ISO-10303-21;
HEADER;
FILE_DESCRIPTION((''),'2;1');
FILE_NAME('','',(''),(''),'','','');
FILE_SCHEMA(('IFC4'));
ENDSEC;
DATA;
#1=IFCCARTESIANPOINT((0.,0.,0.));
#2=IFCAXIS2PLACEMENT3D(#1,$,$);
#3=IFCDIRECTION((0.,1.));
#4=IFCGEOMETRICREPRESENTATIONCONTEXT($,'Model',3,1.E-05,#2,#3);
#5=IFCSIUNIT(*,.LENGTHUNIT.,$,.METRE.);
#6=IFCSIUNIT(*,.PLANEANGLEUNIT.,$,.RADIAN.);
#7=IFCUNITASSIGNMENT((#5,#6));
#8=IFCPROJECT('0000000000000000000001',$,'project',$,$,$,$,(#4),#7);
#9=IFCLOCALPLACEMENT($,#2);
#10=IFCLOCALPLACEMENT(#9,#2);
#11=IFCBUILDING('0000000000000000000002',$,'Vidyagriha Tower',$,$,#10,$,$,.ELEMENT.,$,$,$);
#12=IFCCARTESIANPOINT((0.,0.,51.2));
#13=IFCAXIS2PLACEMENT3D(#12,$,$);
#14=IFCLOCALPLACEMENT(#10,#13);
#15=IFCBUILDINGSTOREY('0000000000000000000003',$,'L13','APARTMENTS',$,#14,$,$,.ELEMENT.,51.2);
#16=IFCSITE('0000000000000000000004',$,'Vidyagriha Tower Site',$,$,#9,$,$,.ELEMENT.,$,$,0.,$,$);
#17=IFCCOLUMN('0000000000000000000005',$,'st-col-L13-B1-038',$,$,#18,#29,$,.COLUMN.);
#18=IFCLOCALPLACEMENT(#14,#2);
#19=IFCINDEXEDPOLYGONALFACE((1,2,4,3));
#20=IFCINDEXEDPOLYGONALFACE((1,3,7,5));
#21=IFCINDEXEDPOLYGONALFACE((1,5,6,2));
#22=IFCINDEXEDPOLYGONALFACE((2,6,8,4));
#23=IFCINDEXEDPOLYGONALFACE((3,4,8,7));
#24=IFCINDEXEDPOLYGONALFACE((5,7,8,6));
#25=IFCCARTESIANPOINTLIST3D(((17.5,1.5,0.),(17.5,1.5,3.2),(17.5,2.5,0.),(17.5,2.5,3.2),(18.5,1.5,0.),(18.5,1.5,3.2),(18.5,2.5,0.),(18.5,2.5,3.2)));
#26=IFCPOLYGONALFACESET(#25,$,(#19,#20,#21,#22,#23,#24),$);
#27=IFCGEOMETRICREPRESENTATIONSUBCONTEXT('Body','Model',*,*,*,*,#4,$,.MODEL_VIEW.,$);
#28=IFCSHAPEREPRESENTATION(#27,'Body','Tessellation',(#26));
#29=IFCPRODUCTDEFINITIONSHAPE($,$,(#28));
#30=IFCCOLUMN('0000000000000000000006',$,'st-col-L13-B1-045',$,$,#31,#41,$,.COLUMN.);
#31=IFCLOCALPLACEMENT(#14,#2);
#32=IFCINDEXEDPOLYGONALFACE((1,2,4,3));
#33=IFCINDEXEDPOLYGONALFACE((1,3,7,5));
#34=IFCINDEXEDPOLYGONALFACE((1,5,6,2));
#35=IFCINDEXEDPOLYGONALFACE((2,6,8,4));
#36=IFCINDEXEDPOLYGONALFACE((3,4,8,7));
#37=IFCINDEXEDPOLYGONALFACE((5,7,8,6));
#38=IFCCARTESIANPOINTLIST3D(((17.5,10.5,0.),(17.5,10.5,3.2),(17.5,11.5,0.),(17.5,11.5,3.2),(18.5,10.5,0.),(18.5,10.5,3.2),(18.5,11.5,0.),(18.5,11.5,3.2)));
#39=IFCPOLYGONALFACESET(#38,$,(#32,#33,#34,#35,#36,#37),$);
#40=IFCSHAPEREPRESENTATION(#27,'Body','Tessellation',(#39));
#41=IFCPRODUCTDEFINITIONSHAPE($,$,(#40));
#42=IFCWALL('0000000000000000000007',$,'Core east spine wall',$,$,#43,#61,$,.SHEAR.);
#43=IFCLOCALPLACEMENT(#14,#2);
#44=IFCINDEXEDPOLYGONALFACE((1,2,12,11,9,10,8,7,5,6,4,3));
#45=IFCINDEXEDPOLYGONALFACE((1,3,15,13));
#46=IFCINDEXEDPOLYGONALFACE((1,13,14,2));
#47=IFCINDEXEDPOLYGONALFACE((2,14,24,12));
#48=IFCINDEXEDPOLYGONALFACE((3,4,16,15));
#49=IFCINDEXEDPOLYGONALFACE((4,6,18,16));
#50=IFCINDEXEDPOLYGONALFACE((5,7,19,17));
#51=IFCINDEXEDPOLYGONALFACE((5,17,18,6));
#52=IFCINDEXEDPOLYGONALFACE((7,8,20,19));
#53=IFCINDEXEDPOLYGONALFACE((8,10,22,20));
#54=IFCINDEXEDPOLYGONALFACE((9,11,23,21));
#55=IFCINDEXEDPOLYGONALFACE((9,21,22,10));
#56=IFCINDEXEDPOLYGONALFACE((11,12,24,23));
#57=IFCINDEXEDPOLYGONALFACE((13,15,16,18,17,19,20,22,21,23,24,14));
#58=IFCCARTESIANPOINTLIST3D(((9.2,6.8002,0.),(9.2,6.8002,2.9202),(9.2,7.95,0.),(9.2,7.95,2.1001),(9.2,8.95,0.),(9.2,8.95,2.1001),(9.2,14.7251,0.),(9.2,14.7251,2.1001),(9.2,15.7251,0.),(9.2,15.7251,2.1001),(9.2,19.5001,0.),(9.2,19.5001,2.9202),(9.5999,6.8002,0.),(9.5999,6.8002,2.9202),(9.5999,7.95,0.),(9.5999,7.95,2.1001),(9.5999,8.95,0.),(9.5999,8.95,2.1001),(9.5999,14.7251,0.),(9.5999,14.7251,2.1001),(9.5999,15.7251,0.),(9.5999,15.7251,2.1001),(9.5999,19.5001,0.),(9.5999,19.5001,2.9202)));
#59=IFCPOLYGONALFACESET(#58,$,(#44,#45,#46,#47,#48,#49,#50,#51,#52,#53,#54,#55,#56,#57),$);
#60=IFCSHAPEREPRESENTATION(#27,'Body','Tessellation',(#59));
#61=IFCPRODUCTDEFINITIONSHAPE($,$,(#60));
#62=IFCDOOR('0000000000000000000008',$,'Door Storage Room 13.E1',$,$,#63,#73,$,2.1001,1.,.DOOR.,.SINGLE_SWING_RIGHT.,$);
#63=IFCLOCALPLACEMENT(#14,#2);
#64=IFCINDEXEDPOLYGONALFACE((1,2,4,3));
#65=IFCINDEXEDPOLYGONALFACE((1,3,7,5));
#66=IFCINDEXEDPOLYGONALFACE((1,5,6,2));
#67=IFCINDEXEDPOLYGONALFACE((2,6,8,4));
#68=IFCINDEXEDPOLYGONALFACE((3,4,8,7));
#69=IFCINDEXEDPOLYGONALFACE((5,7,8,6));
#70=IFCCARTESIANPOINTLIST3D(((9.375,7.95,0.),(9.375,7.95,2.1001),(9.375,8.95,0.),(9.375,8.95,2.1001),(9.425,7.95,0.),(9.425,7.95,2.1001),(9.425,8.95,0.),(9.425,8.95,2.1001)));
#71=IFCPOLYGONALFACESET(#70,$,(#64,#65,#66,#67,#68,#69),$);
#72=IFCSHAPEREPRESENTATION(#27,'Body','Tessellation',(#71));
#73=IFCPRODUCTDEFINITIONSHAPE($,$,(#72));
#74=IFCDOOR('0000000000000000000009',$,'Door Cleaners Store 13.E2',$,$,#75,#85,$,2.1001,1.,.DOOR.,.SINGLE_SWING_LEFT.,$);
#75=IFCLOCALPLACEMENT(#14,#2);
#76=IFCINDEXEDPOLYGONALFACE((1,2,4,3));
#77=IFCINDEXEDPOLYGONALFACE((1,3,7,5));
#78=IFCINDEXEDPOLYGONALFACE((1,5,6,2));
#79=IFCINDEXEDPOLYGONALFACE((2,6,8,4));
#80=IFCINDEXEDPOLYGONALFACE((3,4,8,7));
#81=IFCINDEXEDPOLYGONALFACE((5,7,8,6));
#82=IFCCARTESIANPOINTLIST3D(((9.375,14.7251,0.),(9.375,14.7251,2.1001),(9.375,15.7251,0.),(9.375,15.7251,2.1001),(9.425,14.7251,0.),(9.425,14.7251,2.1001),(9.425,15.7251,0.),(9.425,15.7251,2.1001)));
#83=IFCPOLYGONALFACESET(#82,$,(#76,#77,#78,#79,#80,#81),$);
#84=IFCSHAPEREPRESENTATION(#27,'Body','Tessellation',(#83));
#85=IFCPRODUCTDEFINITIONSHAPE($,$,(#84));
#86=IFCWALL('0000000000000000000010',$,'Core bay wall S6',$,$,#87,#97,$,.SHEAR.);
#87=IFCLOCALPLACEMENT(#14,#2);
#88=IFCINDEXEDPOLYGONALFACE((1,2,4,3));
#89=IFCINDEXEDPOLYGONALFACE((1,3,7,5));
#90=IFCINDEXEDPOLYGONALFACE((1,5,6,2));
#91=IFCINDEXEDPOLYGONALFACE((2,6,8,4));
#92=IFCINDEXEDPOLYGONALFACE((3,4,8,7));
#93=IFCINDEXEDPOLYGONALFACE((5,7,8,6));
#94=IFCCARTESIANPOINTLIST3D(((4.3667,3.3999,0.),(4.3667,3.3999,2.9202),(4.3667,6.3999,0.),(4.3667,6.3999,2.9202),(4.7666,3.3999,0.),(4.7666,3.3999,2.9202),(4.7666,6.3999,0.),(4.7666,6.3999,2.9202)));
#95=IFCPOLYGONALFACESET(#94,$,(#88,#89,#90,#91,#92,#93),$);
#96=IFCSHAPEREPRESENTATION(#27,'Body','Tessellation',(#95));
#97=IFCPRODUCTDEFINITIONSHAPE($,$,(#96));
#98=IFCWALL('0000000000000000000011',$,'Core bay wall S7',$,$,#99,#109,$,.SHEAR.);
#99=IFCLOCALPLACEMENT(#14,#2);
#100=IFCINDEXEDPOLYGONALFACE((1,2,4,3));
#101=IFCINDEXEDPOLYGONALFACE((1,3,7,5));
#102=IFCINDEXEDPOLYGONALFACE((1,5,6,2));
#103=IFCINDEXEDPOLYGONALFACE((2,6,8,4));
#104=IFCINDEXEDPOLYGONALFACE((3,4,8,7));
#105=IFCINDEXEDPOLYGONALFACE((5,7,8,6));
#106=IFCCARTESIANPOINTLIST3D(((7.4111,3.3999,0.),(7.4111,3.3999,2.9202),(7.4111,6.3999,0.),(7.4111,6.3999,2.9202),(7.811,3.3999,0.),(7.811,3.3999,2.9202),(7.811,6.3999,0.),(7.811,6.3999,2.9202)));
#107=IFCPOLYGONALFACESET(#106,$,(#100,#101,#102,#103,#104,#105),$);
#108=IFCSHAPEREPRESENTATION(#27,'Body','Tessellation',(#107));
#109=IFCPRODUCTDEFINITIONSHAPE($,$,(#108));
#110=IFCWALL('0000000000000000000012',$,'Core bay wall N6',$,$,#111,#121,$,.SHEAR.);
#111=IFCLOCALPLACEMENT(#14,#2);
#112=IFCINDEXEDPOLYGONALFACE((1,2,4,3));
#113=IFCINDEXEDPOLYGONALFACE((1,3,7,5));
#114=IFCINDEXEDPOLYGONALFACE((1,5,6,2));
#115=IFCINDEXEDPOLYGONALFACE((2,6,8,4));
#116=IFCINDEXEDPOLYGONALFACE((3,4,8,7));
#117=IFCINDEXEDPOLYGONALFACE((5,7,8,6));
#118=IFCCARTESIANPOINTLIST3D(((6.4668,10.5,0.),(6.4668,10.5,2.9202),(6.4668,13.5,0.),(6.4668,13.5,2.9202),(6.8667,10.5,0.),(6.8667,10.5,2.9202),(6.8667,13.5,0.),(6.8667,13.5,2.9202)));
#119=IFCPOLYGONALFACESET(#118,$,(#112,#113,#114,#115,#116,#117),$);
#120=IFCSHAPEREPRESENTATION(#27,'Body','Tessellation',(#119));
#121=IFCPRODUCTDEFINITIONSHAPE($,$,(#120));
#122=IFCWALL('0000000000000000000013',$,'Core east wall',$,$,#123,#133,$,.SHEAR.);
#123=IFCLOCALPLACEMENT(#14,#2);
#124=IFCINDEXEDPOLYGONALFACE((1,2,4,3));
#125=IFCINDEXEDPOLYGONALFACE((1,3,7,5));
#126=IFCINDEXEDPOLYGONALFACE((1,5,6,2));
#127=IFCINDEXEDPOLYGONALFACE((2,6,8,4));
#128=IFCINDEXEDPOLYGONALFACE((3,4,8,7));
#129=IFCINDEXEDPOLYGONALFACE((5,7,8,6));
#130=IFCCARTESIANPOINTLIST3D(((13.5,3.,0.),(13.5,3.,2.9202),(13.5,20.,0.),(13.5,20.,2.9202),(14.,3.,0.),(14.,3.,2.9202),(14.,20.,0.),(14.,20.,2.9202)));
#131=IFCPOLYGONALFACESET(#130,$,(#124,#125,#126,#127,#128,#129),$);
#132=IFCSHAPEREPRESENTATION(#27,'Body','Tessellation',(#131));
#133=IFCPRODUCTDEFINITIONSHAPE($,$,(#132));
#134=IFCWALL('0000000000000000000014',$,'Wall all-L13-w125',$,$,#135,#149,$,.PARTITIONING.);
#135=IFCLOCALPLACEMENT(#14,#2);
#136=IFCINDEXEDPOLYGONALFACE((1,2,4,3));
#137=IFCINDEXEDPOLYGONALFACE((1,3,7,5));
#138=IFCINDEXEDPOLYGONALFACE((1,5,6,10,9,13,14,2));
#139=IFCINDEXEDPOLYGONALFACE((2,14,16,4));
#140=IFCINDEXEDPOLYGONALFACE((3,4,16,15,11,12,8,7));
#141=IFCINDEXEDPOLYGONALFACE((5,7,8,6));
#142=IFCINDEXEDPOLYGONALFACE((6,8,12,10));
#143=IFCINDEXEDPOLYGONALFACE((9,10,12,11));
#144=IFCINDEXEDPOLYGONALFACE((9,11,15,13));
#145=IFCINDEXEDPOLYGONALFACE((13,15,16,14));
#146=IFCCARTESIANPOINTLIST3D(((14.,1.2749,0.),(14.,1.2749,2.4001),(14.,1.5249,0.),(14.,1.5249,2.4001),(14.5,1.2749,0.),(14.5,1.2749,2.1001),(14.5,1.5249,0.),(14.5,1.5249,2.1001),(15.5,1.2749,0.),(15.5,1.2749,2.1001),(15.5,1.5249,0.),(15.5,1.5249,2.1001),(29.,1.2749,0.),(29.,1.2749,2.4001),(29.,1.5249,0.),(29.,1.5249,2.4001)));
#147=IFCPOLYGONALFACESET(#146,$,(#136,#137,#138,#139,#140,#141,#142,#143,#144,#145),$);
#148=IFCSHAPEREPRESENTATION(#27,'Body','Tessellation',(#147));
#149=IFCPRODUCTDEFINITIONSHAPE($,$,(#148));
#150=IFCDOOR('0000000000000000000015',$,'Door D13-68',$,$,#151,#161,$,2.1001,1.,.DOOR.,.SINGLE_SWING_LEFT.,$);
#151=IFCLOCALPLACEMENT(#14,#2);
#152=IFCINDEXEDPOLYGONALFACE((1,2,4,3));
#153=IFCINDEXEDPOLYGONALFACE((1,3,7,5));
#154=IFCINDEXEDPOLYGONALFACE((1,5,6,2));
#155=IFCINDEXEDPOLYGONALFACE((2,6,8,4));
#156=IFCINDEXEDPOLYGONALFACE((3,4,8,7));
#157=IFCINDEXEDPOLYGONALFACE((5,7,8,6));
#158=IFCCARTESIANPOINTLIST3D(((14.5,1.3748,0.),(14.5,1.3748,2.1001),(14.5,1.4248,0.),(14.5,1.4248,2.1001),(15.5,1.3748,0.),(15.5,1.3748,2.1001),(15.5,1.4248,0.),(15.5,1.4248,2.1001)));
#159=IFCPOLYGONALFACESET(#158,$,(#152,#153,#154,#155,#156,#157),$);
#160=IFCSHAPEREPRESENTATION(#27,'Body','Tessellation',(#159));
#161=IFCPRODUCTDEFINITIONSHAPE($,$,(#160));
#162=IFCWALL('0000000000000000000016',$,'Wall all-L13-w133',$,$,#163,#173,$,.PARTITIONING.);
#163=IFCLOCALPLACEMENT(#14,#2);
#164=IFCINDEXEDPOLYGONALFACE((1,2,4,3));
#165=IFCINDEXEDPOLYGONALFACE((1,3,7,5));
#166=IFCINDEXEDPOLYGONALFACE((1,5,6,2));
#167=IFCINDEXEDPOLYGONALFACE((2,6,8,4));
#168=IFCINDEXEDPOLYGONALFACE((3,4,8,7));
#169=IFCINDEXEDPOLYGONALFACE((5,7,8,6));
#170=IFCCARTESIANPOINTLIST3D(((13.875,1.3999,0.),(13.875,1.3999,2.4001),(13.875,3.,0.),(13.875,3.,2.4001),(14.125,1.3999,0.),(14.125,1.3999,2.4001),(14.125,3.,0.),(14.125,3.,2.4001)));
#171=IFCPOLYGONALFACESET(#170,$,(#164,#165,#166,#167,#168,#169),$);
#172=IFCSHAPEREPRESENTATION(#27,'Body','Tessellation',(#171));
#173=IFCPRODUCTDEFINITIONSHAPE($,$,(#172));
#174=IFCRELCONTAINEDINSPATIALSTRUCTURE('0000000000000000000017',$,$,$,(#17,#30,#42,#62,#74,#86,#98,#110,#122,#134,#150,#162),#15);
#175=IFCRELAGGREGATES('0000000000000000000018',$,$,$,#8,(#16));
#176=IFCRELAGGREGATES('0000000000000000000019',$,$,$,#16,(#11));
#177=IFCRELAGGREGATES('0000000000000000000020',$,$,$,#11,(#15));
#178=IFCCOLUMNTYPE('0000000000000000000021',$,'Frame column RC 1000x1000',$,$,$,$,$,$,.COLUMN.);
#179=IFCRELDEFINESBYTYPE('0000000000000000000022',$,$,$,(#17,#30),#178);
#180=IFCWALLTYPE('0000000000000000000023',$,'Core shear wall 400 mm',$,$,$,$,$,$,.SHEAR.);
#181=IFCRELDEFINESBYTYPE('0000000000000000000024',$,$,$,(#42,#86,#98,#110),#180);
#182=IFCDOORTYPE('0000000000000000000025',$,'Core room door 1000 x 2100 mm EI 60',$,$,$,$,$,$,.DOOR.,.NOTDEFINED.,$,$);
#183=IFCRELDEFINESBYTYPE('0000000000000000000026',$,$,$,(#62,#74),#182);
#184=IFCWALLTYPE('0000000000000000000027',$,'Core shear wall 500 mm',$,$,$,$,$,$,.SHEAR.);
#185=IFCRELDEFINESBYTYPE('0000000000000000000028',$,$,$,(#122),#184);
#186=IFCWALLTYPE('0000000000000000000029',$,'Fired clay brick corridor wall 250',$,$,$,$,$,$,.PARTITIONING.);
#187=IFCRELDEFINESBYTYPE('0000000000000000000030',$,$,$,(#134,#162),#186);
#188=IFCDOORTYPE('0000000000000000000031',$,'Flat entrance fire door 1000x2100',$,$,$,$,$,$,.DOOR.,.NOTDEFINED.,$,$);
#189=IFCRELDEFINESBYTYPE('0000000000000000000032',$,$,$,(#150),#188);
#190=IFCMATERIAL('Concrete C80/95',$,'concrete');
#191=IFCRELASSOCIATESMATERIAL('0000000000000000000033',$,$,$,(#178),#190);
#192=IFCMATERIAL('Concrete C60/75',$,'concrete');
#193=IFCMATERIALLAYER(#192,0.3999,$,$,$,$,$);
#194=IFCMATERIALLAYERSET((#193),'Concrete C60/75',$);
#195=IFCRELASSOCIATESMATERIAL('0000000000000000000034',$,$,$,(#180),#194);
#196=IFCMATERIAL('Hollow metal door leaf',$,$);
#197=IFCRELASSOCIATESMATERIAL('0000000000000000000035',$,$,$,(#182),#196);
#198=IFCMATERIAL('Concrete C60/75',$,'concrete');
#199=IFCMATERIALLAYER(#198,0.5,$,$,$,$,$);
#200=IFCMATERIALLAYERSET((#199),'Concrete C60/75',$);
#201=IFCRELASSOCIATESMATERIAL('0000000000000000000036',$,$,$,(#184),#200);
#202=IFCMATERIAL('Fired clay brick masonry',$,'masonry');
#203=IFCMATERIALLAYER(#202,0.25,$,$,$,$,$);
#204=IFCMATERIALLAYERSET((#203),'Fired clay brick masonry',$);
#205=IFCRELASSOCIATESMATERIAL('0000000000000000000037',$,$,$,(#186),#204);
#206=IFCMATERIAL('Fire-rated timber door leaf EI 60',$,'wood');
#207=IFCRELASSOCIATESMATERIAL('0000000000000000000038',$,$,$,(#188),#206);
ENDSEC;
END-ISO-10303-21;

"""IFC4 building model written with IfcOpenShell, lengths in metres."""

from ifc_helpers import new_model, si_unit, direction, frame, frame_2d, origin, origin_2d, place, context, subcontext, project, spatial, rectangle, extrude, material, layer, layer_set, material_profile, profile_set, type_object, element, fill, save


model = new_model("IFC4")

# Units and contexts
model_context = context("Model", 3, precision=1e-05, world=origin(), true_north=direction((0.0, 1.0)))
body_context = subcontext(model_context, "Body", "Model", "MODEL_VIEW")
ifc_project = project(units=[si_unit("LENGTHUNIT", "METRE"), si_unit("PLANEANGLEUNIT", "RADIAN")], contexts=[model_context])

# Site, building, storey
site_placement = place(None, origin())
site = spatial("IfcSite", under=ifc_project, at=site_placement, Name="Vidyagriha Tower Site", CompositionType="ELEMENT", RefElevation=0.0)
building_placement = place(site_placement, origin())
building = spatial("IfcBuilding", under=site, at=building_placement, Name="Vidyagriha Tower", CompositionType="ELEMENT")
storey_placement = place(building_placement, frame((0.0, 0.0, 51.2)))
storey = spatial("IfcBuildingStorey", under=building, at=storey_placement, Name="L13", Description="APARTMENTS", CompositionType="ELEMENT", Elevation=51.2)

# Columns
ifc_material_1 = material(Name="Concrete C80/95", Category="concrete")
ifc_material_profile = material_profile(ifc_material_1, rectangle(XDim=1.0, YDim=1.0, at=origin_2d()), Name="RC 1000x1000")
ifc_profile_set = profile_set([ifc_material_profile], Name="Concrete C80/95")
column_type = type_object("IfcColumnType", Name="Frame column RC 1000x1000", PredefinedType="COLUMN", material=ifc_profile_set)
for number, where, name in (
    (1, (18.0, 2.0, 0.0), "st-col-L13-B1-038"),
    (2, (18.0, 11.0, 0.0), "st-col-L13-B1-045"),
):
    element("IfcColumn", number, at=place(storey_placement, frame(where)), inside=storey, type_object=column_type, Name=name, PredefinedType="COLUMN", context=body_context, shape_type="SweptSolid", body=[
        extrude(rectangle(XDim=1.0, YDim=1.0, at=origin_2d()), origin(), (0.0, 0.0, 1.0), 3.2),
    ])

# Wall, openings, doors
ifc_material_2 = material(Name="Concrete C60/75", Category="concrete")
ifc_layer_1 = layer(ifc_material_2, 0.3999)
ifc_layer_set_1 = layer_set([ifc_layer_1], Name="Concrete C60/75")
wall_type_1 = type_object("IfcWallType", Name="Core shear wall 400 mm", PredefinedType="SHEAR", material=ifc_layer_set_1)
wall_1_placement = place(storey_placement, frame((9.3999, 6.8, 0.0), z_axis=(0.0, 0.0, 1.0), x_axis=(0.0, 1.0, 0.0)))
wall_1 = element("IfcWall", 3, at=wall_1_placement, inside=storey, type_object=wall_type_1, Name="Core east spine wall", PredefinedType="SHEAR", context=body_context, shape_type="SweptSolid", body=[
    extrude(rectangle(XDim=12.7, YDim=0.3999, at=frame_2d((6.3501, 0.0))), origin(), (0.0, 0.0, 1.0), 2.9202),
])
opening_1_placement = place(wall_1_placement, frame((1.1499, 0.0, 0.0)))
opening_1 = element("IfcOpeningElement", 4, at=opening_1_placement, cuts=wall_1, PredefinedType="OPENING", context=body_context, shape_type="SweptSolid", body=[
    extrude(rectangle(XDim=1.0, YDim=2.1001, at=frame_2d((0.5, 1.05))), frame((0.0, 0.21, 0.0), z_axis=(0.0, -1.0, 0.0), x_axis=(1.0, 0.0, 0.0)), (0.0, 0.0, 1.0), 0.4199),
])
opening_2_placement = place(wall_1_placement, frame((7.925, 0.0, 0.0)))
opening_2 = element("IfcOpeningElement", 5, at=opening_2_placement, cuts=wall_1, PredefinedType="OPENING", context=body_context, shape_type="SweptSolid", body=[
    extrude(rectangle(XDim=1.0, YDim=2.1001, at=frame_2d((0.5, 1.05))), frame((0.0, 0.21, 0.0), z_axis=(0.0, -1.0, 0.0), x_axis=(1.0, 0.0, 0.0)), (0.0, 0.0, 1.0), 0.4199),
])
ifc_material_3 = material(Name="Hollow metal door leaf")
door_type_1 = type_object("IfcDoorType", Name="Core room door 1000 x 2100 mm EI 60", OperationType="NOTDEFINED", PredefinedType="DOOR", material=ifc_material_3)
door_1_placement = place(opening_1_placement, origin())
door_1 = element("IfcDoor", 6, at=door_1_placement, inside=storey, type_object=door_type_1, Name="Door Storage Room 13.E1", OperationType="SINGLE_SWING_RIGHT", OverallHeight=2.1001, OverallWidth=1.0, PredefinedType="DOOR", context=body_context, shape_type="SweptSolid", body=[
    extrude(rectangle(XDim=1.0, YDim=2.1001, at=frame_2d((0.5, 1.05))), frame((0.0, 0.0249, 0.0), z_axis=(0.0, -1.0, 0.0), x_axis=(1.0, 0.0, 0.0)), (0.0, 0.0, 1.0), 0.05),
])
fill(opening_1, door_1)
door_2_placement = place(opening_2_placement, origin())
door_2 = element("IfcDoor", 7, at=door_2_placement, inside=storey, type_object=door_type_1, Name="Door Cleaners Store 13.E2", OperationType="SINGLE_SWING_LEFT", OverallHeight=2.1001, OverallWidth=1.0, PredefinedType="DOOR", context=body_context, shape_type="SweptSolid", body=[
    extrude(rectangle(XDim=1.0, YDim=2.1001, at=frame_2d((0.5, 1.05))), frame((0.0, 0.0249, 0.0), z_axis=(0.0, -1.0, 0.0), x_axis=(1.0, 0.0, 0.0)), (0.0, 0.0, 1.0), 0.05),
])
fill(opening_2, door_2)

# Walls
for number, where, z_axis, x_axis, name in (
    (8, (4.5667, 3.3999, 0.0), (0.0, 0.0, 1.0), (0.0, 1.0, 0.0), "Core bay wall S6"),
    (9, (7.6111, 3.3999, 0.0), (0.0, 0.0, 1.0), (0.0, 1.0, 0.0), "Core bay wall S7"),
    (10, (6.6667, 10.5, 0.0), (0.0, 0.0, 1.0), (0.0, 1.0, 0.0), "Core bay wall N6"),
):
    element("IfcWall", number, at=place(storey_placement, frame(where, z_axis=z_axis, x_axis=x_axis)), inside=storey, type_object=wall_type_1, Name=name, PredefinedType="SHEAR", context=body_context, shape_type="SweptSolid", body=[
        extrude(rectangle(XDim=3.0, YDim=0.3999, at=frame_2d((1.5, 0.0))), origin(), (0.0, 0.0, 1.0), 2.9202),
    ])
ifc_material_4 = material(Name="Concrete C60/75", Category="concrete")
ifc_layer_2 = layer(ifc_material_4, 0.5)
ifc_layer_set_2 = layer_set([ifc_layer_2], Name="Concrete C60/75")
wall_type_2 = type_object("IfcWallType", Name="Core shear wall 500 mm", PredefinedType="SHEAR", material=ifc_layer_set_2)
wall_2_placement = place(storey_placement, frame((13.75, 3.0, 0.0), z_axis=(0.0, 0.0, 1.0), x_axis=(0.0, 1.0, 0.0)))
element("IfcWall", 11, at=wall_2_placement, inside=storey, type_object=wall_type_2, Name="Core east wall", PredefinedType="SHEAR", context=body_context, shape_type="SweptSolid", body=[
    extrude(rectangle(XDim=17.0, YDim=0.5, at=frame_2d((8.5, 0.0))), origin(), (0.0, 0.0, 1.0), 2.9202),
])

# Wall, opening, door
ifc_material_5 = material(Name="Fired clay brick masonry", Category="masonry")
ifc_layer_3 = layer(ifc_material_5, 0.25)
ifc_layer_set_3 = layer_set([ifc_layer_3], Name="Fired clay brick masonry")
wall_type_3 = type_object("IfcWallType", Name="Fired clay brick corridor wall 250", PredefinedType="PARTITIONING", material=ifc_layer_set_3)
wall_3_placement = place(storey_placement, frame((14.0, 1.3999, 0.0)))
wall_3 = element("IfcWall", 12, at=wall_3_placement, inside=storey, type_object=wall_type_3, Name="Wall all-L13-w125", PredefinedType="PARTITIONING", context=body_context, shape_type="SweptSolid", body=[
    extrude(rectangle(XDim=15.0, YDim=0.25, at=frame_2d((7.5, 0.0))), origin(), (0.0, 0.0, 1.0), 2.4001),
])
opening_3_placement = place(wall_3_placement, frame((0.5, 0.0, 0.0)))
opening_3 = element("IfcOpeningElement", 13, at=opening_3_placement, cuts=wall_3, PredefinedType="OPENING", context=body_context, shape_type="SweptSolid", body=[
    extrude(rectangle(XDim=1.0, YDim=2.1001, at=frame_2d((0.5, 1.05))), frame((0.0, 0.135, 0.0), z_axis=(0.0, -1.0, 0.0), x_axis=(1.0, 0.0, 0.0)), (0.0, 0.0, 1.0), 0.27),
])
ifc_material_6 = material(Name="Fire-rated timber door leaf EI 60", Category="wood")
door_type_2 = type_object("IfcDoorType", Name="Flat entrance fire door 1000x2100", OperationType="NOTDEFINED", PredefinedType="DOOR", material=ifc_material_6)
door_3_placement = place(opening_3_placement, origin())
door_3 = element("IfcDoor", 14, at=door_3_placement, inside=storey, type_object=door_type_2, Name="Door D13-68", OperationType="SINGLE_SWING_LEFT", OverallHeight=2.1001, OverallWidth=1.0, PredefinedType="DOOR", context=body_context, shape_type="SweptSolid", body=[
    extrude(rectangle(XDim=1.0, YDim=2.1001, at=frame_2d((0.5, 1.05))), frame((0.0, 0.0249, 0.0), z_axis=(0.0, -1.0, 0.0), x_axis=(1.0, 0.0, 0.0)), (0.0, 0.0, 1.0), 0.05),
])
fill(opening_3, door_3)

# Wall
wall_4_placement = place(storey_placement, frame((14.0, 1.3999, 0.0), z_axis=(0.0, 0.0, 1.0), x_axis=(0.0, 1.0, 0.0)))
element("IfcWall", 15, at=wall_4_placement, inside=storey, type_object=wall_type_3, Name="Wall all-L13-w133", PredefinedType="PARTITIONING", context=body_context, shape_type="SweptSolid", body=[
    extrude(rectangle(XDim=1.6001, YDim=0.25, at=frame_2d((0.8, 0.0))), origin(), (0.0, 0.0, 1.0), 2.4001),
])

save(model, "model.ifc")
